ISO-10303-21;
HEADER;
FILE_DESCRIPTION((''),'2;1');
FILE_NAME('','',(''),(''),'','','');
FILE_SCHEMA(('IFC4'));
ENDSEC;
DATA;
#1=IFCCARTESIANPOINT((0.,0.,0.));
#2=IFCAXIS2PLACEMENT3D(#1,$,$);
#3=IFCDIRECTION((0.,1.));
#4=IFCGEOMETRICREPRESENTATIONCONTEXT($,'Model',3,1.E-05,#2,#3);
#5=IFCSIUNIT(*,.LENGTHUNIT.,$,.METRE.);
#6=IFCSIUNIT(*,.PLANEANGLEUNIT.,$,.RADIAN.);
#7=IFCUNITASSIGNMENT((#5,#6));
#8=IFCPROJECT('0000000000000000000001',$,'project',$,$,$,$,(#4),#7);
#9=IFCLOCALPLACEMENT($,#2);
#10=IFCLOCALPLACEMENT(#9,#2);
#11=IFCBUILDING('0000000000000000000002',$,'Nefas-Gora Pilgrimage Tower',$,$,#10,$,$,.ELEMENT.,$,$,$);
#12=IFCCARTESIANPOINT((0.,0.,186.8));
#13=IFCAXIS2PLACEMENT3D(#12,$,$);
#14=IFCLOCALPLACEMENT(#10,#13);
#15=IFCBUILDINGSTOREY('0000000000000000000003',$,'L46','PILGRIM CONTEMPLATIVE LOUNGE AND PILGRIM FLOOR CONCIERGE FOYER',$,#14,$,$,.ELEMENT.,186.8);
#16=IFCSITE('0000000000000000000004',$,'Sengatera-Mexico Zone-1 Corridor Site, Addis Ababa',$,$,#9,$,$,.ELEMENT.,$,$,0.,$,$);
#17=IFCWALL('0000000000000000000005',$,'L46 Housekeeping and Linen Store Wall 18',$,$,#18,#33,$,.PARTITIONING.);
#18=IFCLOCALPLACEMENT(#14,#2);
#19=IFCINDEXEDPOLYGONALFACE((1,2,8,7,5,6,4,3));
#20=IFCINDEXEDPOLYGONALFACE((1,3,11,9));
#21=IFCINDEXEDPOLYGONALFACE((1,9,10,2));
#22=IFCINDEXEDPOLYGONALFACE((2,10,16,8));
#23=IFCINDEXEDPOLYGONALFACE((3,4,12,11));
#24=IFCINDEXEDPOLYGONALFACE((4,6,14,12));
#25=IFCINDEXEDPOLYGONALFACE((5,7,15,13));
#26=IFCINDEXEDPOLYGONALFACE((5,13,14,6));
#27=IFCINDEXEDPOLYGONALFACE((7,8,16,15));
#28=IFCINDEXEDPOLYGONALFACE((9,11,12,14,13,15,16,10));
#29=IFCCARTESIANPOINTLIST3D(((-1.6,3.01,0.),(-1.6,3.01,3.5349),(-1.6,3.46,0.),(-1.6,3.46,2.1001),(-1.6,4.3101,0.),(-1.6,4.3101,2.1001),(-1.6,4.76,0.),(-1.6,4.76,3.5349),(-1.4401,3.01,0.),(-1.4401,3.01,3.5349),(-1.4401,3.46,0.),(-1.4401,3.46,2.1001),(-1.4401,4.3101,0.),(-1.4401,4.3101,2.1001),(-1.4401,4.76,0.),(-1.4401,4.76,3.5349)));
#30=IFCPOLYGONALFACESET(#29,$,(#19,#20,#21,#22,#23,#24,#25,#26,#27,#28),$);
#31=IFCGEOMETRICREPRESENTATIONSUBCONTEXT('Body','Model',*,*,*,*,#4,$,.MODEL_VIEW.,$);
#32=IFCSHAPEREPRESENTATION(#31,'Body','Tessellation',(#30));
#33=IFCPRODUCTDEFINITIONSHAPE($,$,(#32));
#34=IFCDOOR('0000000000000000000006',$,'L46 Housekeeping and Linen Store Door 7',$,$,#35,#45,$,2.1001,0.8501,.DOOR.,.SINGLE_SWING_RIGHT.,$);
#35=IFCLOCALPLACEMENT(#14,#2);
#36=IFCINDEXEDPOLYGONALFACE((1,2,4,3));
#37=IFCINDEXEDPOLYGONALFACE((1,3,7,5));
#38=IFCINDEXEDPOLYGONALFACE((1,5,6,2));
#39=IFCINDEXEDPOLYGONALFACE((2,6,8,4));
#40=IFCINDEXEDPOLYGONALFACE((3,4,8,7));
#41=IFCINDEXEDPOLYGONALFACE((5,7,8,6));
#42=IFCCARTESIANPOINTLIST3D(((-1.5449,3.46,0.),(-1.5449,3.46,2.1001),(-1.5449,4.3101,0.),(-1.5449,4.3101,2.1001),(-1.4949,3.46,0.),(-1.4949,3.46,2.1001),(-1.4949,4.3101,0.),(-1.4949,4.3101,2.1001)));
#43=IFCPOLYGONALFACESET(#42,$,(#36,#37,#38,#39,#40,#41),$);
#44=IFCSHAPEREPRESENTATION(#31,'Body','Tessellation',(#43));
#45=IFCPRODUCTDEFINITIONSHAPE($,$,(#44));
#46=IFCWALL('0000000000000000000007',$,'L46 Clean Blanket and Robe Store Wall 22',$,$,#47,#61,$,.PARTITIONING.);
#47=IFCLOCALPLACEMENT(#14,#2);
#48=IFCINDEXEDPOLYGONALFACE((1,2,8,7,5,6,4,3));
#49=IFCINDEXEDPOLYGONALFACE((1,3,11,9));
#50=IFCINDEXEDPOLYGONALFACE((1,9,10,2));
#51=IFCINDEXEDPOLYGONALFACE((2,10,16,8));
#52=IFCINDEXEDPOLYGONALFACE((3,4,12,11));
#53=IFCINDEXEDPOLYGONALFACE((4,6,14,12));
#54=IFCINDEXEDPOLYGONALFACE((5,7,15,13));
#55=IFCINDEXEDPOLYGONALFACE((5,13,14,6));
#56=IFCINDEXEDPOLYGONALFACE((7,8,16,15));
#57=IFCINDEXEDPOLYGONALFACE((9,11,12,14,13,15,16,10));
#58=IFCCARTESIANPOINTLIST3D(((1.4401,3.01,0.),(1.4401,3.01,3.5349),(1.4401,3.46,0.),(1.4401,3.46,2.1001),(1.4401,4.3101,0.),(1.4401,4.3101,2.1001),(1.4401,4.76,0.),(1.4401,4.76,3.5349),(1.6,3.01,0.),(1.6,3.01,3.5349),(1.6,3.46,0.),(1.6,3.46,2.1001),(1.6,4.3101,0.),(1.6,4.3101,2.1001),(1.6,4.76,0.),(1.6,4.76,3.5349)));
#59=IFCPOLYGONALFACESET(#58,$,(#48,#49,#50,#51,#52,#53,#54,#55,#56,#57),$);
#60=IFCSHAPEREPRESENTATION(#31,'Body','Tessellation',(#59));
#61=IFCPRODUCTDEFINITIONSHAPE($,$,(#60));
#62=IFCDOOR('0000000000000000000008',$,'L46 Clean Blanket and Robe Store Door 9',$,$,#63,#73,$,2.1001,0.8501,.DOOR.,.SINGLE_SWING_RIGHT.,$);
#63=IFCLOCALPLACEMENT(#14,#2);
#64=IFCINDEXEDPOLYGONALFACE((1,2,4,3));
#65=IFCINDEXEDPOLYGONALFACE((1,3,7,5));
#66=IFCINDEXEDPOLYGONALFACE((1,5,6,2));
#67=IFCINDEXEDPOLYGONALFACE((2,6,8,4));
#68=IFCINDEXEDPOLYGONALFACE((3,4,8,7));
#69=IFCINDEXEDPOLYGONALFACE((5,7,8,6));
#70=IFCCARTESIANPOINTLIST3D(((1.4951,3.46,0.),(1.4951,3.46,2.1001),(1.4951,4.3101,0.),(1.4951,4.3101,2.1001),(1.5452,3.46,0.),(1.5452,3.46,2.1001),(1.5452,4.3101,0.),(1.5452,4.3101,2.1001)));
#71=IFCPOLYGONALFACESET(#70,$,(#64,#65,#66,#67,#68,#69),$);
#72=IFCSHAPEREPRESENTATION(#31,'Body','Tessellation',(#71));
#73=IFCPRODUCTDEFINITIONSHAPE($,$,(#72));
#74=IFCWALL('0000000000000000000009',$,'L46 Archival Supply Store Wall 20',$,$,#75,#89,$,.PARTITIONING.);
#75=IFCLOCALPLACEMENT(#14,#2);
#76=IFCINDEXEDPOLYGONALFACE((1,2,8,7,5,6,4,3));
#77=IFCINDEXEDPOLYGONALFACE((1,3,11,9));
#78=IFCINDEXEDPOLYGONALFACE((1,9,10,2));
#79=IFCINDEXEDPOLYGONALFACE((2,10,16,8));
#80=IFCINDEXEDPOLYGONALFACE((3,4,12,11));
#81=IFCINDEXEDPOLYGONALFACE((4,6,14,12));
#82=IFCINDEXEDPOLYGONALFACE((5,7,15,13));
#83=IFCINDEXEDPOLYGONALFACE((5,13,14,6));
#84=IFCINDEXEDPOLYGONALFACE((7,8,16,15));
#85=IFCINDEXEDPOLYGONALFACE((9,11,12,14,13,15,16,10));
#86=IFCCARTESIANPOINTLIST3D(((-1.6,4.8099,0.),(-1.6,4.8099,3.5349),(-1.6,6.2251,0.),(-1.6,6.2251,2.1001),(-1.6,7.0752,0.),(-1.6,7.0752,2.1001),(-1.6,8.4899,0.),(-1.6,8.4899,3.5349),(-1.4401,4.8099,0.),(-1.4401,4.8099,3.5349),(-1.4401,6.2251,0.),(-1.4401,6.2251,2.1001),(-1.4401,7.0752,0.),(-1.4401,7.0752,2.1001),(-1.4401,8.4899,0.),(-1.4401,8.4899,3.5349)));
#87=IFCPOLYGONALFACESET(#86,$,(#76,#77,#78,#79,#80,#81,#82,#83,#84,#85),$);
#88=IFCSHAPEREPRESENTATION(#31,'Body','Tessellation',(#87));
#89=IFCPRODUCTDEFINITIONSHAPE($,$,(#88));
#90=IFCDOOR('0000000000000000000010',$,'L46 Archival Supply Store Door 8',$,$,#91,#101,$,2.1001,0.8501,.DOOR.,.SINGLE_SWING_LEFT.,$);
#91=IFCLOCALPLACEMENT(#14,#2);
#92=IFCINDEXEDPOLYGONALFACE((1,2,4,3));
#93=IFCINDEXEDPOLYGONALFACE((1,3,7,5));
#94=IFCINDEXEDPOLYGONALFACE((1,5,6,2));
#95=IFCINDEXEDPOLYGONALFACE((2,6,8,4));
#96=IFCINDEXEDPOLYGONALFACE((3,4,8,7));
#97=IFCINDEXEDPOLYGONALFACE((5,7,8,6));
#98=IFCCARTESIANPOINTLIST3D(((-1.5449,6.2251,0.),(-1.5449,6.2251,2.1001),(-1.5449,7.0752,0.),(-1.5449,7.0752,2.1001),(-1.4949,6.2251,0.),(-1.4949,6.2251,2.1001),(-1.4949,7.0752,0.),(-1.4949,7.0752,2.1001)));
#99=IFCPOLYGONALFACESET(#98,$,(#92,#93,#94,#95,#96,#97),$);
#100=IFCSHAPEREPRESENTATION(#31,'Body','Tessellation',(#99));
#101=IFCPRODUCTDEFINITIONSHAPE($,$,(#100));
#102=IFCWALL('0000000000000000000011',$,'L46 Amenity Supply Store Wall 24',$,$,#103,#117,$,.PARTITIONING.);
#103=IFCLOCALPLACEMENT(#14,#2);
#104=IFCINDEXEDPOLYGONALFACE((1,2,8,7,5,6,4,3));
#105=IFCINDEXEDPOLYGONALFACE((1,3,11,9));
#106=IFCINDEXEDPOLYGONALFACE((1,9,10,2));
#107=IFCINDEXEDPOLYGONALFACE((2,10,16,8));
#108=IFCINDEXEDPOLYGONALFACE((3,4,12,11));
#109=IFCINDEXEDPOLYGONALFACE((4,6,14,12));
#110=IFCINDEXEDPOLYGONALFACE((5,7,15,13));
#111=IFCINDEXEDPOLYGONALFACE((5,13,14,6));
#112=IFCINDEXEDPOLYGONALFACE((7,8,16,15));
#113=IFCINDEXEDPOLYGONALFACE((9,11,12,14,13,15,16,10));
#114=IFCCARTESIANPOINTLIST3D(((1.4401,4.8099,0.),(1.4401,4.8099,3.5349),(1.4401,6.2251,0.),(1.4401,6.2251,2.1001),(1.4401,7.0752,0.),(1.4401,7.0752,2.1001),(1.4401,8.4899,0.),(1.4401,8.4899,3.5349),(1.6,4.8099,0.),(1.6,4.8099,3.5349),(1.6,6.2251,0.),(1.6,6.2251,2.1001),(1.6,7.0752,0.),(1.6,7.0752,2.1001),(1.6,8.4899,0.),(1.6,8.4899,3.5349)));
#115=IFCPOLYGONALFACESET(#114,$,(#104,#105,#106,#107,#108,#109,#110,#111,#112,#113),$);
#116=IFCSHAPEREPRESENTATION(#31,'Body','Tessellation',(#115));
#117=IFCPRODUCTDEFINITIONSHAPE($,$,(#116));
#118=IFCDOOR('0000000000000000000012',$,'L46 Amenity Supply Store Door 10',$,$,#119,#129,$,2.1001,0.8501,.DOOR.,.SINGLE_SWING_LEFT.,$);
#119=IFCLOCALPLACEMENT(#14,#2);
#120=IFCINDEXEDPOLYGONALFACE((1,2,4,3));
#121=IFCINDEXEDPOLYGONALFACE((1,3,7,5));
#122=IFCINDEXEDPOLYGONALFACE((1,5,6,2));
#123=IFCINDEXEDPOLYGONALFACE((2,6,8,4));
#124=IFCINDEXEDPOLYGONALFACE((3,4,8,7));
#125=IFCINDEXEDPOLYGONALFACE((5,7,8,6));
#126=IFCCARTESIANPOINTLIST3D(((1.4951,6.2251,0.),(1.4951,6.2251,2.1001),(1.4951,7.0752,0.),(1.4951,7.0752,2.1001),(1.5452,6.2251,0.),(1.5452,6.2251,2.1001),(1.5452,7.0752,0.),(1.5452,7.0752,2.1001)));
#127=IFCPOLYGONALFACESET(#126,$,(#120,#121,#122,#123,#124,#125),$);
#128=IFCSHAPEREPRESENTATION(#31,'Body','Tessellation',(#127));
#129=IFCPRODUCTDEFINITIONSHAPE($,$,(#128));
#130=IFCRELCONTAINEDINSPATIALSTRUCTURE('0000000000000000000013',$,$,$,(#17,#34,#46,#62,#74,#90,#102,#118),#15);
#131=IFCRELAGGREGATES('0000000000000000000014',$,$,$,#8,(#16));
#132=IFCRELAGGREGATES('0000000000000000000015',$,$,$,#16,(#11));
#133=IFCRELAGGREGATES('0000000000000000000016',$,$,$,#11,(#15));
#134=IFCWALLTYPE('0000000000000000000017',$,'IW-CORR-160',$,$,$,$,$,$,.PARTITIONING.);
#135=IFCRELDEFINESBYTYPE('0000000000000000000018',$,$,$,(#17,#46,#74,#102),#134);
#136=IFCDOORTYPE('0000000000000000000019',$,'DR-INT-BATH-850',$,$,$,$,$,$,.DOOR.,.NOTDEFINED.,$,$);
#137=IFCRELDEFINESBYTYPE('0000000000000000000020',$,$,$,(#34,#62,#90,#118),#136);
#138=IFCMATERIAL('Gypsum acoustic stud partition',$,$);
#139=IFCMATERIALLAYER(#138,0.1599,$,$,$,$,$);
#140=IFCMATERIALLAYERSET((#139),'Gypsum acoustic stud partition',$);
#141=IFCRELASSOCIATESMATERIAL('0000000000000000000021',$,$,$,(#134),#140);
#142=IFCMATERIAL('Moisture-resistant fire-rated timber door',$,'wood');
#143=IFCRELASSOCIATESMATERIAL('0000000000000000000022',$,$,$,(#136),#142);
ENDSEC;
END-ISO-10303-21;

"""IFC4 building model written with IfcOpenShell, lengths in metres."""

from ifc_helpers import new_model, si_unit, direction, frame, frame_2d, origin, place, context, subcontext, project, spatial, rectangle, extrude, source, transform, mapped, material, layer, layer_set, type_object, element, fill, save


model = new_model("IFC4")

# Units and contexts
model_context = context("Model", 3, precision=1e-05, world=origin(), true_north=direction((0.0, 1.0)))
body_context = subcontext(model_context, "Body", "Model", "MODEL_VIEW")
ifc_project = project(units=[si_unit("LENGTHUNIT", "METRE"), si_unit("PLANEANGLEUNIT", "RADIAN")], contexts=[model_context])

# Site, building, storey
site_placement = place(None, origin())
site = spatial("IfcSite", under=ifc_project, at=site_placement, Name="Sengatera-Mexico Zone-1 Corridor Site, Addis Ababa", CompositionType="ELEMENT", RefElevation=0.0)
building_placement = place(site_placement, origin())
building = spatial("IfcBuilding", under=site, at=building_placement, Name="Nefas-Gora Pilgrimage Tower", CompositionType="ELEMENT")
storey_placement = place(building_placement, frame((0.0, 0.0, 186.8)))
storey = spatial("IfcBuildingStorey", under=building, at=storey_placement, Name="L46", Description="PILGRIM CONTEMPLATIVE LOUNGE AND PILGRIM FLOOR CONCIERGE FOYER", CompositionType="ELEMENT", Elevation=186.8)

# Shared definitions
ifc_material_1 = material(Name="Gypsum acoustic stud partition")
ifc_layer_1 = layer(ifc_material_1, 0.1599)
ifc_layer_set_1 = layer_set([ifc_layer_1], Name="Gypsum acoustic stud partition")
wall_type_1 = type_object("IfcWallType", Name="IW-CORR-160", PredefinedType="PARTITIONING", material=ifc_layer_set_1)

# Walls, openings, doors
shared_shape_1 = source(origin(), body_context, "Body", "SweptSolid", [
    extrude(rectangle(XDim=1.75, YDim=0.1599, at=frame_2d((0.875, 0.0))), origin(), (0.0, 0.0, 1.0), 3.5349),
])
wall_1_placement = place(storey_placement, frame((-1.52, 3.01, 0.0), z_axis=(0.0, 0.0, 1.0), x_axis=(0.0, 1.0, 0.0)))
wall_1 = element("IfcWall", 1, at=wall_1_placement, inside=storey, type_object=wall_type_1, Name="L46 Housekeeping and Linen Store Wall 18", PredefinedType="PARTITIONING", context=body_context, shape_type="MappedRepresentation", body=[
    mapped(shared_shape_1, transform((0.0, 0.0, 0.0), x_axis=(1.0, 0.0, 0.0), y_axis=(0.0, 1.0, 0.0), z_axis=(0.0, 0.0, 1.0), scale=1.0)),
])
opening_1_placement = place(wall_1_placement, frame((0.45, 0.0, 0.0)))
opening_1 = element("IfcOpeningElement", 2, at=opening_1_placement, cuts=wall_1, PredefinedType="OPENING", context=body_context, shape_type="SweptSolid", body=[
    extrude(rectangle(XDim=0.8501, YDim=2.1001, at=frame_2d((0.425, 1.05))), frame((0.0, 0.0898, 0.0), z_axis=(0.0, -1.0, 0.0), x_axis=(1.0, 0.0, 0.0)), (0.0, 0.0, 1.0), 0.1799),
])
ifc_material_2 = material(Name="Moisture-resistant fire-rated timber door", Category="wood")
door_type_1 = type_object("IfcDoorType", Name="DR-INT-BATH-850", OperationType="NOTDEFINED", PredefinedType="DOOR", material=ifc_material_2)
shared_shape_2 = source(origin(), body_context, "Body", "SweptSolid", [
    extrude(rectangle(XDim=0.8501, YDim=2.1001, at=frame_2d((0.425, 1.05))), frame((0.0, 0.0249, 0.0), z_axis=(0.0, -1.0, 0.0), x_axis=(1.0, 0.0, 0.0)), (0.0, 0.0, 1.0), 0.05),
])
door_1_placement = place(opening_1_placement, origin())
door_1 = element("IfcDoor", 3, at=door_1_placement, inside=storey, type_object=door_type_1, Name="L46 Housekeeping and Linen Store Door 7", OperationType="SINGLE_SWING_RIGHT", OverallHeight=2.1001, OverallWidth=0.8501, PredefinedType="DOOR", context=body_context, shape_type="MappedRepresentation", body=[
    mapped(shared_shape_2, transform((0.0, 0.0, 0.0), x_axis=(1.0, 0.0, 0.0), y_axis=(0.0, 1.0, 0.0), z_axis=(0.0, 0.0, 1.0), scale=1.0)),
])
fill(opening_1, door_1)
wall_2_placement = place(storey_placement, frame((1.52, 3.01, 0.0), z_axis=(0.0, 0.0, 1.0), x_axis=(0.0, 1.0, 0.0)))
wall_2 = element("IfcWall", 4, at=wall_2_placement, inside=storey, type_object=wall_type_1, Name="L46 Clean Blanket and Robe Store Wall 22", PredefinedType="PARTITIONING", context=body_context, shape_type="MappedRepresentation", body=[
    mapped(shared_shape_1, transform((0.0, 0.0, 0.0), x_axis=(1.0, 0.0, 0.0), y_axis=(0.0, 1.0, 0.0), z_axis=(0.0, 0.0, 1.0), scale=1.0)),
])
opening_2_placement = place(wall_2_placement, frame((0.45, 0.0, 0.0)))
opening_2 = element("IfcOpeningElement", 5, at=opening_2_placement, cuts=wall_2, PredefinedType="OPENING", context=body_context, shape_type="SweptSolid", body=[
    extrude(rectangle(XDim=0.8501, YDim=2.1001, at=frame_2d((0.425, 1.05))), frame((0.0, 0.0898, 0.0), z_axis=(0.0, -1.0, 0.0), x_axis=(1.0, 0.0, 0.0)), (0.0, 0.0, 1.0), 0.1799),
])
door_2_placement = place(opening_2_placement, origin())
door_2 = element("IfcDoor", 6, at=door_2_placement, inside=storey, type_object=door_type_1, Name="L46 Clean Blanket and Robe Store Door 9", OperationType="SINGLE_SWING_RIGHT", OverallHeight=2.1001, OverallWidth=0.8501, PredefinedType="DOOR", context=body_context, shape_type="MappedRepresentation", body=[
    mapped(shared_shape_2, transform((0.0, 0.0, 0.0), x_axis=(1.0, 0.0, 0.0), y_axis=(0.0, 1.0, 0.0), z_axis=(0.0, 0.0, 1.0), scale=1.0)),
])
fill(opening_2, door_2)
shared_shape_3 = source(origin(), body_context, "Body", "SweptSolid", [
    extrude(rectangle(XDim=3.6799, YDim=0.1599, at=frame_2d((1.8398, 0.0))), origin(), (0.0, 0.0, 1.0), 3.5349),
])
wall_3_placement = place(storey_placement, frame((-1.52, 4.8101, 0.0), z_axis=(0.0, 0.0, 1.0), x_axis=(0.0, 1.0, 0.0)))
wall_3 = element("IfcWall", 7, at=wall_3_placement, inside=storey, type_object=wall_type_1, Name="L46 Archival Supply Store Wall 20", PredefinedType="PARTITIONING", context=body_context, shape_type="MappedRepresentation", body=[
    mapped(shared_shape_3, transform((0.0, 0.0, 0.0), x_axis=(1.0, 0.0, 0.0), y_axis=(0.0, 1.0, 0.0), z_axis=(0.0, 0.0, 1.0), scale=1.0)),
])
opening_3_placement = place(wall_3_placement, frame((1.415, 0.0, 0.0)))
opening_3 = element("IfcOpeningElement", 8, at=opening_3_placement, cuts=wall_3, PredefinedType="OPENING", context=body_context, shape_type="SweptSolid", body=[
    extrude(rectangle(XDim=0.8501, YDim=2.1001, at=frame_2d((0.425, 1.05))), frame((0.0, 0.0898, 0.0), z_axis=(0.0, -1.0, 0.0), x_axis=(1.0, 0.0, 0.0)), (0.0, 0.0, 1.0), 0.1799),
])
door_3_placement = place(opening_3_placement, origin())
door_3 = element("IfcDoor", 9, at=door_3_placement, inside=storey, type_object=door_type_1, Name="L46 Archival Supply Store Door 8", OperationType="SINGLE_SWING_LEFT", OverallHeight=2.1001, OverallWidth=0.8501, PredefinedType="DOOR", context=body_context, shape_type="MappedRepresentation", body=[
    mapped(shared_shape_2, transform((0.0, 0.0, 0.0), x_axis=(1.0, 0.0, 0.0), y_axis=(0.0, 1.0, 0.0), z_axis=(0.0, 0.0, 1.0), scale=1.0)),
])
fill(opening_3, door_3)
wall_4_placement = place(storey_placement, frame((1.52, 4.8101, 0.0), z_axis=(0.0, 0.0, 1.0), x_axis=(0.0, 1.0, 0.0)))
wall_4 = element("IfcWall", 10, at=wall_4_placement, inside=storey, type_object=wall_type_1, Name="L46 Amenity Supply Store Wall 24", PredefinedType="PARTITIONING", context=body_context, shape_type="MappedRepresentation", body=[
    mapped(shared_shape_3, transform((0.0, 0.0, 0.0), x_axis=(1.0, 0.0, 0.0), y_axis=(0.0, 1.0, 0.0), z_axis=(0.0, 0.0, 1.0), scale=1.0)),
])
opening_4_placement = place(wall_4_placement, frame((1.415, 0.0, 0.0)))
opening_4 = element("IfcOpeningElement", 11, at=opening_4_placement, cuts=wall_4, PredefinedType="OPENING", context=body_context, shape_type="SweptSolid", body=[
    extrude(rectangle(XDim=0.8501, YDim=2.1001, at=frame_2d((0.425, 1.05))), frame((0.0, 0.0898, 0.0), z_axis=(0.0, -1.0, 0.0), x_axis=(1.0, 0.0, 0.0)), (0.0, 0.0, 1.0), 0.1799),
])
door_4_placement = place(opening_4_placement, origin())
door_4 = element("IfcDoor", 12, at=door_4_placement, inside=storey, type_object=door_type_1, Name="L46 Amenity Supply Store Door 10", OperationType="SINGLE_SWING_LEFT", OverallHeight=2.1001, OverallWidth=0.8501, PredefinedType="DOOR", context=body_context, shape_type="MappedRepresentation", body=[
    mapped(shared_shape_2, transform((0.0, 0.0, 0.0), x_axis=(1.0, 0.0, 0.0), y_axis=(0.0, 1.0, 0.0), z_axis=(0.0, 0.0, 1.0), scale=1.0)),
])
fill(opening_4, door_4)

save(model, "model.ifc")
